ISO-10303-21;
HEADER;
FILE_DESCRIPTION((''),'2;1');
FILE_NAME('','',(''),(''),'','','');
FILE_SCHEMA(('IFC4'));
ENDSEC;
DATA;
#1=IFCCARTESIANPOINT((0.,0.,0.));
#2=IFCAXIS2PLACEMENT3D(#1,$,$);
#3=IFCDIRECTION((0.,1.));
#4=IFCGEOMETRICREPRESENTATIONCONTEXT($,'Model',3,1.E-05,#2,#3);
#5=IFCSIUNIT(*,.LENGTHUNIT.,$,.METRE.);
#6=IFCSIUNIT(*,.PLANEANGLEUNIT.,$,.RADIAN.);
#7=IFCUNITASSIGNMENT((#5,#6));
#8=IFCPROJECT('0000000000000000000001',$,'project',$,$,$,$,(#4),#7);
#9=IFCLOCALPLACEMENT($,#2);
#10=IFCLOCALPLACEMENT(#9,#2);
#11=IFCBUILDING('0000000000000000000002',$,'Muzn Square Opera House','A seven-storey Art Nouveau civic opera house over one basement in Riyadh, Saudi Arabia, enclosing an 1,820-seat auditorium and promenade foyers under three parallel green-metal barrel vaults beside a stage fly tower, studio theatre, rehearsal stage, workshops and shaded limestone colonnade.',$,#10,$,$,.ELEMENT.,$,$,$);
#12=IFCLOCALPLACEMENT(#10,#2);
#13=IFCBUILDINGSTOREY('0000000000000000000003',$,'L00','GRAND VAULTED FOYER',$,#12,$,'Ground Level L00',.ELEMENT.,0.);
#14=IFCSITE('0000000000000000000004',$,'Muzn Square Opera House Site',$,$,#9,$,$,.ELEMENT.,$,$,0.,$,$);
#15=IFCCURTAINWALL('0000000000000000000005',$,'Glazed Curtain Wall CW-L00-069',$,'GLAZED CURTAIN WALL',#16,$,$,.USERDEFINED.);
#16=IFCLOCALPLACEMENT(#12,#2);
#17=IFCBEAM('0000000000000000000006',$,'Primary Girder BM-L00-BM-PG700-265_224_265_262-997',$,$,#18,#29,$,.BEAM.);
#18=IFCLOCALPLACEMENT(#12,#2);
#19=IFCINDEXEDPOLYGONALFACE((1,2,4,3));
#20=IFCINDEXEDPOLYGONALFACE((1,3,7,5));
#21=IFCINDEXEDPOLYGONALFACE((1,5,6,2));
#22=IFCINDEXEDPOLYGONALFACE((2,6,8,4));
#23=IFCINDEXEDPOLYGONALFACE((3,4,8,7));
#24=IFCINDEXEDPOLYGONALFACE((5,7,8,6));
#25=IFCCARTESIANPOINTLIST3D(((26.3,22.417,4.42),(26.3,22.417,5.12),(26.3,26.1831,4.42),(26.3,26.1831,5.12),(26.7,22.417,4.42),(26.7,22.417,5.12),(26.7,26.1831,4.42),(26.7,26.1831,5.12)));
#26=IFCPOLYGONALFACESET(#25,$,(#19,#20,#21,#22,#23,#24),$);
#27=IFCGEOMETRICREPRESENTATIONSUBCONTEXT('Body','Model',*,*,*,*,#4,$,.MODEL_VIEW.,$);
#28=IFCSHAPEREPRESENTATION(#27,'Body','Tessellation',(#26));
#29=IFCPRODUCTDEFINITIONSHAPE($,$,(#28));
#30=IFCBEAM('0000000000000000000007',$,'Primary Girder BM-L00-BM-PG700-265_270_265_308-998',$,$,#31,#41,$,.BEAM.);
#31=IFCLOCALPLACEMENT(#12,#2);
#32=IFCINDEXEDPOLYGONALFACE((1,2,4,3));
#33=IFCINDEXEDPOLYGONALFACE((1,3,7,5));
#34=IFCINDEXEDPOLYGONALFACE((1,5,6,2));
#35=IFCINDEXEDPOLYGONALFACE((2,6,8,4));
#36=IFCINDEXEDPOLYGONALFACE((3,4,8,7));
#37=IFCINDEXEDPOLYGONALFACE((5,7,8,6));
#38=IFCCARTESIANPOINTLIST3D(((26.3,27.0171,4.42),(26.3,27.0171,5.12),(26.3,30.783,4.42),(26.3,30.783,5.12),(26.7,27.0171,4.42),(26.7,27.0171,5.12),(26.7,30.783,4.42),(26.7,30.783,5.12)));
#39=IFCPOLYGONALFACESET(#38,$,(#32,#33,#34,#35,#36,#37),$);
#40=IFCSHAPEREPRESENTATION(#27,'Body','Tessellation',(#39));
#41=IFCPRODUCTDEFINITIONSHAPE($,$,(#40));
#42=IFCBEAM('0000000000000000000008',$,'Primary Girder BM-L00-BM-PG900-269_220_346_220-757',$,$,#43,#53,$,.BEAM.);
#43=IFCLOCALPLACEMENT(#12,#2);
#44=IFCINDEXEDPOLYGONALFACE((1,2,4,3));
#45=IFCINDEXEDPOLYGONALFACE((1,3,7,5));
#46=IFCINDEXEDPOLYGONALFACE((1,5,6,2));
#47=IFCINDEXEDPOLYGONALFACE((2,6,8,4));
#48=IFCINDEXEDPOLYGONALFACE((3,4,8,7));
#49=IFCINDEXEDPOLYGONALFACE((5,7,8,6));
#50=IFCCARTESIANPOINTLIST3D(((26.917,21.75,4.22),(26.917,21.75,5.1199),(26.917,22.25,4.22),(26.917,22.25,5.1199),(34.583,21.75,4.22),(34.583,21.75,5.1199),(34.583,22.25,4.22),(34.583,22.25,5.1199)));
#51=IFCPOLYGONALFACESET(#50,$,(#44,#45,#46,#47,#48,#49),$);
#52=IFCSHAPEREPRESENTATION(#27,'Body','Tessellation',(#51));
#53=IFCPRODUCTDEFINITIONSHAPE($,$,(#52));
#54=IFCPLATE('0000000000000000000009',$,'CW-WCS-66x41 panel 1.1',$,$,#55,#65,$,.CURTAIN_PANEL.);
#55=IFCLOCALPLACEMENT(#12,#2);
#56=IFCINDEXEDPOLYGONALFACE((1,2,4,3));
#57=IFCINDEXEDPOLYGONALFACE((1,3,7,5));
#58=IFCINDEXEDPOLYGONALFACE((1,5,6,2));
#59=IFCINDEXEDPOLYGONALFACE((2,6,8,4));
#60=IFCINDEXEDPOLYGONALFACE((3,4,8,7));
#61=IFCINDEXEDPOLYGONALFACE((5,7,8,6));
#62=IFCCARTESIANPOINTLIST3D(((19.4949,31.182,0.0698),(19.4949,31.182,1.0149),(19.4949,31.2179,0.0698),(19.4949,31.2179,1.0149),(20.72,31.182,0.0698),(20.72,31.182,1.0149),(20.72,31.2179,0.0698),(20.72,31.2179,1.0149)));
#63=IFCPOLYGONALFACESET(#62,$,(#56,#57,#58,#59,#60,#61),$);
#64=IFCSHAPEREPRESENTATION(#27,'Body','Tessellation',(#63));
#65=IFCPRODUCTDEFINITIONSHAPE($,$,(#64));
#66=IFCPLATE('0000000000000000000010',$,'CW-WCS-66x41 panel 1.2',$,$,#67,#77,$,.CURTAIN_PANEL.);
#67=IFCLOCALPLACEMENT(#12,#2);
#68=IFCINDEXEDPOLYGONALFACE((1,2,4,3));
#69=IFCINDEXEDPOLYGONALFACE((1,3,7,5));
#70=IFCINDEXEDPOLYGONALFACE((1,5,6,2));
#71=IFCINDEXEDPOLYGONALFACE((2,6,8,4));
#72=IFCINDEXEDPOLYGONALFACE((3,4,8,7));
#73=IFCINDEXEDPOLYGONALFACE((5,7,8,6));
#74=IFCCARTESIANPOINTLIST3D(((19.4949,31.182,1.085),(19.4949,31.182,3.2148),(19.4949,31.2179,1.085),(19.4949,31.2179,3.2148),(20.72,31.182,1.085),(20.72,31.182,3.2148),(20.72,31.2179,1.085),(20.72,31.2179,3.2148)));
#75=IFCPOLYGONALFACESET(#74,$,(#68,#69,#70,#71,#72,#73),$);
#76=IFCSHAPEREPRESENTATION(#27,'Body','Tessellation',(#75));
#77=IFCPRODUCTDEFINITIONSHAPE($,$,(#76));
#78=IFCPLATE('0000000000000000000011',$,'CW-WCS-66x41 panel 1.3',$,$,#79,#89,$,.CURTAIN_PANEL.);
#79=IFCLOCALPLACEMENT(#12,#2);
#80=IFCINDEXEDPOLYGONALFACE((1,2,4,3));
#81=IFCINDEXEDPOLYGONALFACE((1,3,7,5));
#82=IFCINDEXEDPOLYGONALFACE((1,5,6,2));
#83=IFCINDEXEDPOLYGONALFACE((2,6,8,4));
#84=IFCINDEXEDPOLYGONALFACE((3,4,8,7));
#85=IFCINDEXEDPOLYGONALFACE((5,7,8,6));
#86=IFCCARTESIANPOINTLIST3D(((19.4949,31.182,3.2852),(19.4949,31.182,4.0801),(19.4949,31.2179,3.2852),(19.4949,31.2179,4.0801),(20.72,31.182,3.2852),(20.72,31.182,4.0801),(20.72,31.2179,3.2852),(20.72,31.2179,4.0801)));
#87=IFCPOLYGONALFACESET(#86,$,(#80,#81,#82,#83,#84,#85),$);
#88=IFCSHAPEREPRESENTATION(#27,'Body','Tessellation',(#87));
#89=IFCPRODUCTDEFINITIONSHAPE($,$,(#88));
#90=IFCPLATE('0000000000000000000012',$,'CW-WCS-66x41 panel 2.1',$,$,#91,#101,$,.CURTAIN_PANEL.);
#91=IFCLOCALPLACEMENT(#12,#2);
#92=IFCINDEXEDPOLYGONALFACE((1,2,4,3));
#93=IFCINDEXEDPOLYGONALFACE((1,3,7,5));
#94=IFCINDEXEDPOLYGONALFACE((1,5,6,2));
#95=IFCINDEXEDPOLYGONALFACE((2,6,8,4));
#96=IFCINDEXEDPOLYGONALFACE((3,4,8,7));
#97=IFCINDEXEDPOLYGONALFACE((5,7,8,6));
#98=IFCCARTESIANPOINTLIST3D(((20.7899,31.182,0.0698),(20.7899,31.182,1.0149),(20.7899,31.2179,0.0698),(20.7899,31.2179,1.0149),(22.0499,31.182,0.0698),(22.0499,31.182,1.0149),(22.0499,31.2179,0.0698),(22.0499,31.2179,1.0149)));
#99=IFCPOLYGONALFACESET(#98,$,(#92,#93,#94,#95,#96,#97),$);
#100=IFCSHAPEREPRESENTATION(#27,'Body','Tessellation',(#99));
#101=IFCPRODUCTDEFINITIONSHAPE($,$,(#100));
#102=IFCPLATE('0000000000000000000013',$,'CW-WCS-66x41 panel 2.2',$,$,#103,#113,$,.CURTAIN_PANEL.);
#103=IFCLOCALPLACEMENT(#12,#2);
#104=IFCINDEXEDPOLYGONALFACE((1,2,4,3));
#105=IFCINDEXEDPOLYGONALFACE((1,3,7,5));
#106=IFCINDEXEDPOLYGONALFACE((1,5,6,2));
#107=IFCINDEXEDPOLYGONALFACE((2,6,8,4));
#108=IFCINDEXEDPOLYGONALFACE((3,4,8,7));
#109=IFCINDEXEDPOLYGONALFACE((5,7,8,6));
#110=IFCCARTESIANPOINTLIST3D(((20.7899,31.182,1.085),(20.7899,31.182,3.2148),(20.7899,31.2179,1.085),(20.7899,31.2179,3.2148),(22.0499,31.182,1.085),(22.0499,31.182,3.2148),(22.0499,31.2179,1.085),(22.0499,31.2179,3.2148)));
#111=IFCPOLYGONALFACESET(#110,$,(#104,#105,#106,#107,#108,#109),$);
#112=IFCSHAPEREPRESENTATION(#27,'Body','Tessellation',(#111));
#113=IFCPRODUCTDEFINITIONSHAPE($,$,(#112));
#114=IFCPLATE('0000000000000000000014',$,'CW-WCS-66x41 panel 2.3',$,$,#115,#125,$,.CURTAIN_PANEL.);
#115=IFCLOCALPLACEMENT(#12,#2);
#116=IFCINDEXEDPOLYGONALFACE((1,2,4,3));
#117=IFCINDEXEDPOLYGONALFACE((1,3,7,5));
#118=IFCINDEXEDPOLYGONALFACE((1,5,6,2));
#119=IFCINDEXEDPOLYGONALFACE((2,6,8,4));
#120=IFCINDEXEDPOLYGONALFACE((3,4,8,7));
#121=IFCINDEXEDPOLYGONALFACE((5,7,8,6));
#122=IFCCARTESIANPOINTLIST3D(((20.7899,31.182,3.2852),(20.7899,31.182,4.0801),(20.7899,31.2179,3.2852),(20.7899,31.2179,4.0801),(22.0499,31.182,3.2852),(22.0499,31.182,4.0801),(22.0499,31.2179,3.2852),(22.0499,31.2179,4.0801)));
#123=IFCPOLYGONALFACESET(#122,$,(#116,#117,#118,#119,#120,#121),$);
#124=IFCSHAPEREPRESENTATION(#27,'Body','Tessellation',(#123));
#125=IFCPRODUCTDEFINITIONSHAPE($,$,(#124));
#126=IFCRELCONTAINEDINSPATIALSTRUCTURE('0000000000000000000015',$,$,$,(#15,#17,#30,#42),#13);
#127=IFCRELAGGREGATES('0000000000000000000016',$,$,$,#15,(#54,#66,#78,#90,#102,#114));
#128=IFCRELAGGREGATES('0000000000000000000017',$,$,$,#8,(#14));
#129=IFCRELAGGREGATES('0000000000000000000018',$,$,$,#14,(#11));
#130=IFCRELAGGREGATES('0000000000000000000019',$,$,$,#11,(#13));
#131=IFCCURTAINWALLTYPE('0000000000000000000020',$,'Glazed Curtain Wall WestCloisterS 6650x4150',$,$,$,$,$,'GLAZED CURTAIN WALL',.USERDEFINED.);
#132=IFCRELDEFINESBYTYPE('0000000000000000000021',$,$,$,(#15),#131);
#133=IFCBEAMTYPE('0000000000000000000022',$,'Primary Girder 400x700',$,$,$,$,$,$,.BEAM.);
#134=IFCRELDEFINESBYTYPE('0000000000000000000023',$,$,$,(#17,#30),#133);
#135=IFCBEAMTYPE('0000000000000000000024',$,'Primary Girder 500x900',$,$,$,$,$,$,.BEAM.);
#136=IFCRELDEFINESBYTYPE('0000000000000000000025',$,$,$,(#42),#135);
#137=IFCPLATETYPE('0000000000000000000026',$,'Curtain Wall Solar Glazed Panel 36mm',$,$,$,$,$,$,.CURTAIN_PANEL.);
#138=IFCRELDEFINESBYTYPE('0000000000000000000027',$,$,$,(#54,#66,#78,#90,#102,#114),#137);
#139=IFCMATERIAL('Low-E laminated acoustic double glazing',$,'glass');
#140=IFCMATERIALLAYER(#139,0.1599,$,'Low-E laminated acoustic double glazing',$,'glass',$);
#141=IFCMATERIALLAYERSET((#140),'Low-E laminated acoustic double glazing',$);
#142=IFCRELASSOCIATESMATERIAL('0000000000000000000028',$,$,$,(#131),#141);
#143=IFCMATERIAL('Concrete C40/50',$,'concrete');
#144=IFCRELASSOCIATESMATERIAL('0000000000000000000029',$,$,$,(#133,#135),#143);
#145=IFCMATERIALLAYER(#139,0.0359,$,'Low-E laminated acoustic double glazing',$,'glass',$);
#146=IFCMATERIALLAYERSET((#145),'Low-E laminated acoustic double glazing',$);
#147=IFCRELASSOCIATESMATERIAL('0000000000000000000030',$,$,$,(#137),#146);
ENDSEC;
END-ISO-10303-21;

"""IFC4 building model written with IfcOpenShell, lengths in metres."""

from ifc_helpers import new_model, si_unit, direction, frame, origin, origin_2d, place, context, subcontext, project, spatial, rectangle, extrude, material, layer, layer_set, material_profile, profile_set, type_object, element, aggregate, save


model = new_model("IFC4")

# Units and contexts
model_context = context("Model", 3, precision=1e-05, world=origin(), true_north=direction((0.0, 1.0)))
body_context = subcontext(model_context, "Body", "Model", "MODEL_VIEW")
ifc_project = project(units=[si_unit("LENGTHUNIT", "METRE"), si_unit("PLANEANGLEUNIT", "RADIAN")], contexts=[model_context])

# Site, building, storey
site_placement = place(None, origin())
site = spatial("IfcSite", under=ifc_project, at=site_placement, Name="Muzn Square Opera House Site", CompositionType="ELEMENT", RefElevation=0.0)
building_placement = place(site_placement, origin())
building = spatial("IfcBuilding", under=site, at=building_placement, Name="Muzn Square Opera House", Description="A seven-storey Art Nouveau civic opera house over one basement in Riyadh, Saudi Arabia, enclosing an 1,820-seat auditorium and promenade foyers under three parallel green-metal barrel vaults beside a stage fly tower, studio theatre, rehearsal stage, workshops and shaded limestone colonnade.", CompositionType="ELEMENT")
storey_placement = place(building_placement, origin())
storey = spatial("IfcBuildingStorey", under=building, at=storey_placement, Name="L00", Description="GRAND VAULTED FOYER", LongName="Ground Level L00", CompositionType="ELEMENT", Elevation=0.0)

# Curtain wall
ifc_material_1 = material(Name="Low-E laminated acoustic double glazing", Category="glass")
ifc_layer_1 = layer(ifc_material_1, 0.1599, Name="Low-E laminated acoustic double glazing", Category="glass")
ifc_layer_set_1 = layer_set([ifc_layer_1], Name="Low-E laminated acoustic double glazing")
curtain_wall_type = type_object("IfcCurtainWallType", Name="Glazed Curtain Wall WestCloisterS 6650x4150", ElementType="GLAZED CURTAIN WALL", PredefinedType="USERDEFINED", material=ifc_layer_set_1)
curtain_wall_placement = place(storey_placement, origin())
curtain_wall = element("IfcCurtainWall", 1, at=curtain_wall_placement, inside=storey, type_object=curtain_wall_type, Name="Glazed Curtain Wall CW-L00-069", ObjectType="GLAZED CURTAIN WALL", PredefinedType="USERDEFINED")

# Beams
ifc_material_2 = material(Name="Concrete C40/50", Category="concrete")
ifc_material_profile_1 = material_profile(ifc_material_2, rectangle(XDim=0.3999, YDim=0.7, at=origin_2d()), Name="RCB 400x700", Category="concrete")
ifc_profile_set_1 = profile_set([ifc_material_profile_1], Name="Concrete C40/50")
beam_type_1 = type_object("IfcBeamType", Name="Primary Girder 400x700", PredefinedType="BEAM", material=ifc_profile_set_1)
beam_1_placement = place(storey_placement, frame((26.5, 22.417, 4.77), z_axis=(0.0, 1.0, 0.0), x_axis=(-1.0, 0.0, 0.0)))
element("IfcBeam", 2, at=beam_1_placement, inside=storey, type_object=beam_type_1, Name="Primary Girder BM-L00-BM-PG700-265_224_265_262-997", PredefinedType="BEAM", context=body_context, shape_type="SweptSolid", body=[
    extrude(rectangle(XDim=0.3999, YDim=0.7, at=origin_2d()), origin(), (0.0, 0.0, 1.0), 3.7661),
])
beam_2_placement = place(storey_placement, frame((26.5, 27.0171, 4.77), z_axis=(0.0, 1.0, 0.0), x_axis=(-1.0, 0.0, 0.0)))
element("IfcBeam", 3, at=beam_2_placement, inside=storey, type_object=beam_type_1, Name="Primary Girder BM-L00-BM-PG700-265_270_265_308-998", PredefinedType="BEAM", context=body_context, shape_type="SweptSolid", body=[
    extrude(rectangle(XDim=0.3999, YDim=0.7, at=origin_2d()), origin(), (0.0, 0.0, 1.0), 3.7659),
])
ifc_material_profile_2 = material_profile(ifc_material_2, rectangle(XDim=0.5, YDim=0.8999, at=origin_2d()), Name="RCB 500x900", Category="concrete")
ifc_profile_set_2 = profile_set([ifc_material_profile_2], Name="Concrete C40/50")
beam_type_2 = type_object("IfcBeamType", Name="Primary Girder 500x900", PredefinedType="BEAM", material=ifc_profile_set_2)
beam_3_placement = place(storey_placement, frame((26.917, 22.0, 4.6699), z_axis=(1.0, 0.0, 0.0), x_axis=(0.0, 1.0, 0.0)))
element("IfcBeam", 4, at=beam_3_placement, inside=storey, type_object=beam_type_2, Name="Primary Girder BM-L00-BM-PG900-269_220_346_220-757", PredefinedType="BEAM", context=body_context, shape_type="SweptSolid", body=[
    extrude(rectangle(XDim=0.5, YDim=0.8999, at=origin_2d()), origin(), (0.0, 0.0, 1.0), 7.666),
])

# Plates
ifc_layer_2 = layer(ifc_material_1, 0.0359, Name="Low-E laminated acoustic double glazing", Category="glass")
ifc_layer_set_2 = layer_set([ifc_layer_2], Name="Low-E laminated acoustic double glazing")
plate_type = type_object("IfcPlateType", Name="Curtain Wall Solar Glazed Panel 36mm", PredefinedType="CURTAIN_PANEL", material=ifc_layer_set_2)
plate_1_placement = place(storey_placement, frame((20.1074, 31.2, 0.0698), z_axis=(0.0, 0.0, 1.0), x_axis=(1.0, 0.0, 0.0)))
plate_1 = element("IfcPlate", 5, at=plate_1_placement, type_object=plate_type, Name="CW-WCS-66x41 panel 1.1", PredefinedType="CURTAIN_PANEL", context=body_context, shape_type="SweptSolid", body=[
    extrude(rectangle(XDim=1.2251, YDim=0.0359, at=origin_2d()), origin(), (0.0, 0.0, 1.0), 0.9451),
])
plate_2_placement = place(storey_placement, frame((20.1074, 31.2, 1.085), z_axis=(0.0, 0.0, 1.0), x_axis=(1.0, 0.0, 0.0)))
plate_2 = element("IfcPlate", 6, at=plate_2_placement, type_object=plate_type, Name="CW-WCS-66x41 panel 1.2", PredefinedType="CURTAIN_PANEL", context=body_context, shape_type="SweptSolid", body=[
    extrude(rectangle(XDim=1.2251, YDim=0.0359, at=origin_2d()), origin(), (0.0, 0.0, 1.0), 2.1299),
])
plate_3_placement = place(storey_placement, frame((20.1074, 31.2, 3.2852), z_axis=(0.0, 0.0, 1.0), x_axis=(1.0, 0.0, 0.0)))
plate_3 = element("IfcPlate", 7, at=plate_3_placement, type_object=plate_type, Name="CW-WCS-66x41 panel 1.3", PredefinedType="CURTAIN_PANEL", context=body_context, shape_type="SweptSolid", body=[
    extrude(rectangle(XDim=1.2251, YDim=0.0359, at=origin_2d()), origin(), (0.0, 0.0, 1.0), 0.7949),
])
plate_4_placement = place(storey_placement, frame((21.4199, 31.2, 0.0698), z_axis=(0.0, 0.0, 1.0), x_axis=(1.0, 0.0, 0.0)))
plate_4 = element("IfcPlate", 8, at=plate_4_placement, type_object=plate_type, Name="CW-WCS-66x41 panel 2.1", PredefinedType="CURTAIN_PANEL", context=body_context, shape_type="SweptSolid", body=[
    extrude(rectangle(XDim=1.26, YDim=0.0359, at=origin_2d()), origin(), (0.0, 0.0, 1.0), 0.9451),
])
plate_5_placement = place(storey_placement, frame((21.4199, 31.2, 1.085), z_axis=(0.0, 0.0, 1.0), x_axis=(1.0, 0.0, 0.0)))
plate_5 = element("IfcPlate", 9, at=plate_5_placement, type_object=plate_type, Name="CW-WCS-66x41 panel 2.2", PredefinedType="CURTAIN_PANEL", context=body_context, shape_type="SweptSolid", body=[
    extrude(rectangle(XDim=1.26, YDim=0.0359, at=origin_2d()), origin(), (0.0, 0.0, 1.0), 2.1299),
])
plate_6_placement = place(storey_placement, frame((21.4199, 31.2, 3.2852), z_axis=(0.0, 0.0, 1.0), x_axis=(1.0, 0.0, 0.0)))
plate_6 = element("IfcPlate", 10, at=plate_6_placement, type_object=plate_type, Name="CW-WCS-66x41 panel 2.3", PredefinedType="CURTAIN_PANEL", context=body_context, shape_type="SweptSolid", body=[
    extrude(rectangle(XDim=1.26, YDim=0.0359, at=origin_2d()), origin(), (0.0, 0.0, 1.0), 0.7949),
])
aggregate(curtain_wall, [plate_1, plate_2, plate_3, plate_4, plate_5, plate_6])

save(model, "model.ifc")
